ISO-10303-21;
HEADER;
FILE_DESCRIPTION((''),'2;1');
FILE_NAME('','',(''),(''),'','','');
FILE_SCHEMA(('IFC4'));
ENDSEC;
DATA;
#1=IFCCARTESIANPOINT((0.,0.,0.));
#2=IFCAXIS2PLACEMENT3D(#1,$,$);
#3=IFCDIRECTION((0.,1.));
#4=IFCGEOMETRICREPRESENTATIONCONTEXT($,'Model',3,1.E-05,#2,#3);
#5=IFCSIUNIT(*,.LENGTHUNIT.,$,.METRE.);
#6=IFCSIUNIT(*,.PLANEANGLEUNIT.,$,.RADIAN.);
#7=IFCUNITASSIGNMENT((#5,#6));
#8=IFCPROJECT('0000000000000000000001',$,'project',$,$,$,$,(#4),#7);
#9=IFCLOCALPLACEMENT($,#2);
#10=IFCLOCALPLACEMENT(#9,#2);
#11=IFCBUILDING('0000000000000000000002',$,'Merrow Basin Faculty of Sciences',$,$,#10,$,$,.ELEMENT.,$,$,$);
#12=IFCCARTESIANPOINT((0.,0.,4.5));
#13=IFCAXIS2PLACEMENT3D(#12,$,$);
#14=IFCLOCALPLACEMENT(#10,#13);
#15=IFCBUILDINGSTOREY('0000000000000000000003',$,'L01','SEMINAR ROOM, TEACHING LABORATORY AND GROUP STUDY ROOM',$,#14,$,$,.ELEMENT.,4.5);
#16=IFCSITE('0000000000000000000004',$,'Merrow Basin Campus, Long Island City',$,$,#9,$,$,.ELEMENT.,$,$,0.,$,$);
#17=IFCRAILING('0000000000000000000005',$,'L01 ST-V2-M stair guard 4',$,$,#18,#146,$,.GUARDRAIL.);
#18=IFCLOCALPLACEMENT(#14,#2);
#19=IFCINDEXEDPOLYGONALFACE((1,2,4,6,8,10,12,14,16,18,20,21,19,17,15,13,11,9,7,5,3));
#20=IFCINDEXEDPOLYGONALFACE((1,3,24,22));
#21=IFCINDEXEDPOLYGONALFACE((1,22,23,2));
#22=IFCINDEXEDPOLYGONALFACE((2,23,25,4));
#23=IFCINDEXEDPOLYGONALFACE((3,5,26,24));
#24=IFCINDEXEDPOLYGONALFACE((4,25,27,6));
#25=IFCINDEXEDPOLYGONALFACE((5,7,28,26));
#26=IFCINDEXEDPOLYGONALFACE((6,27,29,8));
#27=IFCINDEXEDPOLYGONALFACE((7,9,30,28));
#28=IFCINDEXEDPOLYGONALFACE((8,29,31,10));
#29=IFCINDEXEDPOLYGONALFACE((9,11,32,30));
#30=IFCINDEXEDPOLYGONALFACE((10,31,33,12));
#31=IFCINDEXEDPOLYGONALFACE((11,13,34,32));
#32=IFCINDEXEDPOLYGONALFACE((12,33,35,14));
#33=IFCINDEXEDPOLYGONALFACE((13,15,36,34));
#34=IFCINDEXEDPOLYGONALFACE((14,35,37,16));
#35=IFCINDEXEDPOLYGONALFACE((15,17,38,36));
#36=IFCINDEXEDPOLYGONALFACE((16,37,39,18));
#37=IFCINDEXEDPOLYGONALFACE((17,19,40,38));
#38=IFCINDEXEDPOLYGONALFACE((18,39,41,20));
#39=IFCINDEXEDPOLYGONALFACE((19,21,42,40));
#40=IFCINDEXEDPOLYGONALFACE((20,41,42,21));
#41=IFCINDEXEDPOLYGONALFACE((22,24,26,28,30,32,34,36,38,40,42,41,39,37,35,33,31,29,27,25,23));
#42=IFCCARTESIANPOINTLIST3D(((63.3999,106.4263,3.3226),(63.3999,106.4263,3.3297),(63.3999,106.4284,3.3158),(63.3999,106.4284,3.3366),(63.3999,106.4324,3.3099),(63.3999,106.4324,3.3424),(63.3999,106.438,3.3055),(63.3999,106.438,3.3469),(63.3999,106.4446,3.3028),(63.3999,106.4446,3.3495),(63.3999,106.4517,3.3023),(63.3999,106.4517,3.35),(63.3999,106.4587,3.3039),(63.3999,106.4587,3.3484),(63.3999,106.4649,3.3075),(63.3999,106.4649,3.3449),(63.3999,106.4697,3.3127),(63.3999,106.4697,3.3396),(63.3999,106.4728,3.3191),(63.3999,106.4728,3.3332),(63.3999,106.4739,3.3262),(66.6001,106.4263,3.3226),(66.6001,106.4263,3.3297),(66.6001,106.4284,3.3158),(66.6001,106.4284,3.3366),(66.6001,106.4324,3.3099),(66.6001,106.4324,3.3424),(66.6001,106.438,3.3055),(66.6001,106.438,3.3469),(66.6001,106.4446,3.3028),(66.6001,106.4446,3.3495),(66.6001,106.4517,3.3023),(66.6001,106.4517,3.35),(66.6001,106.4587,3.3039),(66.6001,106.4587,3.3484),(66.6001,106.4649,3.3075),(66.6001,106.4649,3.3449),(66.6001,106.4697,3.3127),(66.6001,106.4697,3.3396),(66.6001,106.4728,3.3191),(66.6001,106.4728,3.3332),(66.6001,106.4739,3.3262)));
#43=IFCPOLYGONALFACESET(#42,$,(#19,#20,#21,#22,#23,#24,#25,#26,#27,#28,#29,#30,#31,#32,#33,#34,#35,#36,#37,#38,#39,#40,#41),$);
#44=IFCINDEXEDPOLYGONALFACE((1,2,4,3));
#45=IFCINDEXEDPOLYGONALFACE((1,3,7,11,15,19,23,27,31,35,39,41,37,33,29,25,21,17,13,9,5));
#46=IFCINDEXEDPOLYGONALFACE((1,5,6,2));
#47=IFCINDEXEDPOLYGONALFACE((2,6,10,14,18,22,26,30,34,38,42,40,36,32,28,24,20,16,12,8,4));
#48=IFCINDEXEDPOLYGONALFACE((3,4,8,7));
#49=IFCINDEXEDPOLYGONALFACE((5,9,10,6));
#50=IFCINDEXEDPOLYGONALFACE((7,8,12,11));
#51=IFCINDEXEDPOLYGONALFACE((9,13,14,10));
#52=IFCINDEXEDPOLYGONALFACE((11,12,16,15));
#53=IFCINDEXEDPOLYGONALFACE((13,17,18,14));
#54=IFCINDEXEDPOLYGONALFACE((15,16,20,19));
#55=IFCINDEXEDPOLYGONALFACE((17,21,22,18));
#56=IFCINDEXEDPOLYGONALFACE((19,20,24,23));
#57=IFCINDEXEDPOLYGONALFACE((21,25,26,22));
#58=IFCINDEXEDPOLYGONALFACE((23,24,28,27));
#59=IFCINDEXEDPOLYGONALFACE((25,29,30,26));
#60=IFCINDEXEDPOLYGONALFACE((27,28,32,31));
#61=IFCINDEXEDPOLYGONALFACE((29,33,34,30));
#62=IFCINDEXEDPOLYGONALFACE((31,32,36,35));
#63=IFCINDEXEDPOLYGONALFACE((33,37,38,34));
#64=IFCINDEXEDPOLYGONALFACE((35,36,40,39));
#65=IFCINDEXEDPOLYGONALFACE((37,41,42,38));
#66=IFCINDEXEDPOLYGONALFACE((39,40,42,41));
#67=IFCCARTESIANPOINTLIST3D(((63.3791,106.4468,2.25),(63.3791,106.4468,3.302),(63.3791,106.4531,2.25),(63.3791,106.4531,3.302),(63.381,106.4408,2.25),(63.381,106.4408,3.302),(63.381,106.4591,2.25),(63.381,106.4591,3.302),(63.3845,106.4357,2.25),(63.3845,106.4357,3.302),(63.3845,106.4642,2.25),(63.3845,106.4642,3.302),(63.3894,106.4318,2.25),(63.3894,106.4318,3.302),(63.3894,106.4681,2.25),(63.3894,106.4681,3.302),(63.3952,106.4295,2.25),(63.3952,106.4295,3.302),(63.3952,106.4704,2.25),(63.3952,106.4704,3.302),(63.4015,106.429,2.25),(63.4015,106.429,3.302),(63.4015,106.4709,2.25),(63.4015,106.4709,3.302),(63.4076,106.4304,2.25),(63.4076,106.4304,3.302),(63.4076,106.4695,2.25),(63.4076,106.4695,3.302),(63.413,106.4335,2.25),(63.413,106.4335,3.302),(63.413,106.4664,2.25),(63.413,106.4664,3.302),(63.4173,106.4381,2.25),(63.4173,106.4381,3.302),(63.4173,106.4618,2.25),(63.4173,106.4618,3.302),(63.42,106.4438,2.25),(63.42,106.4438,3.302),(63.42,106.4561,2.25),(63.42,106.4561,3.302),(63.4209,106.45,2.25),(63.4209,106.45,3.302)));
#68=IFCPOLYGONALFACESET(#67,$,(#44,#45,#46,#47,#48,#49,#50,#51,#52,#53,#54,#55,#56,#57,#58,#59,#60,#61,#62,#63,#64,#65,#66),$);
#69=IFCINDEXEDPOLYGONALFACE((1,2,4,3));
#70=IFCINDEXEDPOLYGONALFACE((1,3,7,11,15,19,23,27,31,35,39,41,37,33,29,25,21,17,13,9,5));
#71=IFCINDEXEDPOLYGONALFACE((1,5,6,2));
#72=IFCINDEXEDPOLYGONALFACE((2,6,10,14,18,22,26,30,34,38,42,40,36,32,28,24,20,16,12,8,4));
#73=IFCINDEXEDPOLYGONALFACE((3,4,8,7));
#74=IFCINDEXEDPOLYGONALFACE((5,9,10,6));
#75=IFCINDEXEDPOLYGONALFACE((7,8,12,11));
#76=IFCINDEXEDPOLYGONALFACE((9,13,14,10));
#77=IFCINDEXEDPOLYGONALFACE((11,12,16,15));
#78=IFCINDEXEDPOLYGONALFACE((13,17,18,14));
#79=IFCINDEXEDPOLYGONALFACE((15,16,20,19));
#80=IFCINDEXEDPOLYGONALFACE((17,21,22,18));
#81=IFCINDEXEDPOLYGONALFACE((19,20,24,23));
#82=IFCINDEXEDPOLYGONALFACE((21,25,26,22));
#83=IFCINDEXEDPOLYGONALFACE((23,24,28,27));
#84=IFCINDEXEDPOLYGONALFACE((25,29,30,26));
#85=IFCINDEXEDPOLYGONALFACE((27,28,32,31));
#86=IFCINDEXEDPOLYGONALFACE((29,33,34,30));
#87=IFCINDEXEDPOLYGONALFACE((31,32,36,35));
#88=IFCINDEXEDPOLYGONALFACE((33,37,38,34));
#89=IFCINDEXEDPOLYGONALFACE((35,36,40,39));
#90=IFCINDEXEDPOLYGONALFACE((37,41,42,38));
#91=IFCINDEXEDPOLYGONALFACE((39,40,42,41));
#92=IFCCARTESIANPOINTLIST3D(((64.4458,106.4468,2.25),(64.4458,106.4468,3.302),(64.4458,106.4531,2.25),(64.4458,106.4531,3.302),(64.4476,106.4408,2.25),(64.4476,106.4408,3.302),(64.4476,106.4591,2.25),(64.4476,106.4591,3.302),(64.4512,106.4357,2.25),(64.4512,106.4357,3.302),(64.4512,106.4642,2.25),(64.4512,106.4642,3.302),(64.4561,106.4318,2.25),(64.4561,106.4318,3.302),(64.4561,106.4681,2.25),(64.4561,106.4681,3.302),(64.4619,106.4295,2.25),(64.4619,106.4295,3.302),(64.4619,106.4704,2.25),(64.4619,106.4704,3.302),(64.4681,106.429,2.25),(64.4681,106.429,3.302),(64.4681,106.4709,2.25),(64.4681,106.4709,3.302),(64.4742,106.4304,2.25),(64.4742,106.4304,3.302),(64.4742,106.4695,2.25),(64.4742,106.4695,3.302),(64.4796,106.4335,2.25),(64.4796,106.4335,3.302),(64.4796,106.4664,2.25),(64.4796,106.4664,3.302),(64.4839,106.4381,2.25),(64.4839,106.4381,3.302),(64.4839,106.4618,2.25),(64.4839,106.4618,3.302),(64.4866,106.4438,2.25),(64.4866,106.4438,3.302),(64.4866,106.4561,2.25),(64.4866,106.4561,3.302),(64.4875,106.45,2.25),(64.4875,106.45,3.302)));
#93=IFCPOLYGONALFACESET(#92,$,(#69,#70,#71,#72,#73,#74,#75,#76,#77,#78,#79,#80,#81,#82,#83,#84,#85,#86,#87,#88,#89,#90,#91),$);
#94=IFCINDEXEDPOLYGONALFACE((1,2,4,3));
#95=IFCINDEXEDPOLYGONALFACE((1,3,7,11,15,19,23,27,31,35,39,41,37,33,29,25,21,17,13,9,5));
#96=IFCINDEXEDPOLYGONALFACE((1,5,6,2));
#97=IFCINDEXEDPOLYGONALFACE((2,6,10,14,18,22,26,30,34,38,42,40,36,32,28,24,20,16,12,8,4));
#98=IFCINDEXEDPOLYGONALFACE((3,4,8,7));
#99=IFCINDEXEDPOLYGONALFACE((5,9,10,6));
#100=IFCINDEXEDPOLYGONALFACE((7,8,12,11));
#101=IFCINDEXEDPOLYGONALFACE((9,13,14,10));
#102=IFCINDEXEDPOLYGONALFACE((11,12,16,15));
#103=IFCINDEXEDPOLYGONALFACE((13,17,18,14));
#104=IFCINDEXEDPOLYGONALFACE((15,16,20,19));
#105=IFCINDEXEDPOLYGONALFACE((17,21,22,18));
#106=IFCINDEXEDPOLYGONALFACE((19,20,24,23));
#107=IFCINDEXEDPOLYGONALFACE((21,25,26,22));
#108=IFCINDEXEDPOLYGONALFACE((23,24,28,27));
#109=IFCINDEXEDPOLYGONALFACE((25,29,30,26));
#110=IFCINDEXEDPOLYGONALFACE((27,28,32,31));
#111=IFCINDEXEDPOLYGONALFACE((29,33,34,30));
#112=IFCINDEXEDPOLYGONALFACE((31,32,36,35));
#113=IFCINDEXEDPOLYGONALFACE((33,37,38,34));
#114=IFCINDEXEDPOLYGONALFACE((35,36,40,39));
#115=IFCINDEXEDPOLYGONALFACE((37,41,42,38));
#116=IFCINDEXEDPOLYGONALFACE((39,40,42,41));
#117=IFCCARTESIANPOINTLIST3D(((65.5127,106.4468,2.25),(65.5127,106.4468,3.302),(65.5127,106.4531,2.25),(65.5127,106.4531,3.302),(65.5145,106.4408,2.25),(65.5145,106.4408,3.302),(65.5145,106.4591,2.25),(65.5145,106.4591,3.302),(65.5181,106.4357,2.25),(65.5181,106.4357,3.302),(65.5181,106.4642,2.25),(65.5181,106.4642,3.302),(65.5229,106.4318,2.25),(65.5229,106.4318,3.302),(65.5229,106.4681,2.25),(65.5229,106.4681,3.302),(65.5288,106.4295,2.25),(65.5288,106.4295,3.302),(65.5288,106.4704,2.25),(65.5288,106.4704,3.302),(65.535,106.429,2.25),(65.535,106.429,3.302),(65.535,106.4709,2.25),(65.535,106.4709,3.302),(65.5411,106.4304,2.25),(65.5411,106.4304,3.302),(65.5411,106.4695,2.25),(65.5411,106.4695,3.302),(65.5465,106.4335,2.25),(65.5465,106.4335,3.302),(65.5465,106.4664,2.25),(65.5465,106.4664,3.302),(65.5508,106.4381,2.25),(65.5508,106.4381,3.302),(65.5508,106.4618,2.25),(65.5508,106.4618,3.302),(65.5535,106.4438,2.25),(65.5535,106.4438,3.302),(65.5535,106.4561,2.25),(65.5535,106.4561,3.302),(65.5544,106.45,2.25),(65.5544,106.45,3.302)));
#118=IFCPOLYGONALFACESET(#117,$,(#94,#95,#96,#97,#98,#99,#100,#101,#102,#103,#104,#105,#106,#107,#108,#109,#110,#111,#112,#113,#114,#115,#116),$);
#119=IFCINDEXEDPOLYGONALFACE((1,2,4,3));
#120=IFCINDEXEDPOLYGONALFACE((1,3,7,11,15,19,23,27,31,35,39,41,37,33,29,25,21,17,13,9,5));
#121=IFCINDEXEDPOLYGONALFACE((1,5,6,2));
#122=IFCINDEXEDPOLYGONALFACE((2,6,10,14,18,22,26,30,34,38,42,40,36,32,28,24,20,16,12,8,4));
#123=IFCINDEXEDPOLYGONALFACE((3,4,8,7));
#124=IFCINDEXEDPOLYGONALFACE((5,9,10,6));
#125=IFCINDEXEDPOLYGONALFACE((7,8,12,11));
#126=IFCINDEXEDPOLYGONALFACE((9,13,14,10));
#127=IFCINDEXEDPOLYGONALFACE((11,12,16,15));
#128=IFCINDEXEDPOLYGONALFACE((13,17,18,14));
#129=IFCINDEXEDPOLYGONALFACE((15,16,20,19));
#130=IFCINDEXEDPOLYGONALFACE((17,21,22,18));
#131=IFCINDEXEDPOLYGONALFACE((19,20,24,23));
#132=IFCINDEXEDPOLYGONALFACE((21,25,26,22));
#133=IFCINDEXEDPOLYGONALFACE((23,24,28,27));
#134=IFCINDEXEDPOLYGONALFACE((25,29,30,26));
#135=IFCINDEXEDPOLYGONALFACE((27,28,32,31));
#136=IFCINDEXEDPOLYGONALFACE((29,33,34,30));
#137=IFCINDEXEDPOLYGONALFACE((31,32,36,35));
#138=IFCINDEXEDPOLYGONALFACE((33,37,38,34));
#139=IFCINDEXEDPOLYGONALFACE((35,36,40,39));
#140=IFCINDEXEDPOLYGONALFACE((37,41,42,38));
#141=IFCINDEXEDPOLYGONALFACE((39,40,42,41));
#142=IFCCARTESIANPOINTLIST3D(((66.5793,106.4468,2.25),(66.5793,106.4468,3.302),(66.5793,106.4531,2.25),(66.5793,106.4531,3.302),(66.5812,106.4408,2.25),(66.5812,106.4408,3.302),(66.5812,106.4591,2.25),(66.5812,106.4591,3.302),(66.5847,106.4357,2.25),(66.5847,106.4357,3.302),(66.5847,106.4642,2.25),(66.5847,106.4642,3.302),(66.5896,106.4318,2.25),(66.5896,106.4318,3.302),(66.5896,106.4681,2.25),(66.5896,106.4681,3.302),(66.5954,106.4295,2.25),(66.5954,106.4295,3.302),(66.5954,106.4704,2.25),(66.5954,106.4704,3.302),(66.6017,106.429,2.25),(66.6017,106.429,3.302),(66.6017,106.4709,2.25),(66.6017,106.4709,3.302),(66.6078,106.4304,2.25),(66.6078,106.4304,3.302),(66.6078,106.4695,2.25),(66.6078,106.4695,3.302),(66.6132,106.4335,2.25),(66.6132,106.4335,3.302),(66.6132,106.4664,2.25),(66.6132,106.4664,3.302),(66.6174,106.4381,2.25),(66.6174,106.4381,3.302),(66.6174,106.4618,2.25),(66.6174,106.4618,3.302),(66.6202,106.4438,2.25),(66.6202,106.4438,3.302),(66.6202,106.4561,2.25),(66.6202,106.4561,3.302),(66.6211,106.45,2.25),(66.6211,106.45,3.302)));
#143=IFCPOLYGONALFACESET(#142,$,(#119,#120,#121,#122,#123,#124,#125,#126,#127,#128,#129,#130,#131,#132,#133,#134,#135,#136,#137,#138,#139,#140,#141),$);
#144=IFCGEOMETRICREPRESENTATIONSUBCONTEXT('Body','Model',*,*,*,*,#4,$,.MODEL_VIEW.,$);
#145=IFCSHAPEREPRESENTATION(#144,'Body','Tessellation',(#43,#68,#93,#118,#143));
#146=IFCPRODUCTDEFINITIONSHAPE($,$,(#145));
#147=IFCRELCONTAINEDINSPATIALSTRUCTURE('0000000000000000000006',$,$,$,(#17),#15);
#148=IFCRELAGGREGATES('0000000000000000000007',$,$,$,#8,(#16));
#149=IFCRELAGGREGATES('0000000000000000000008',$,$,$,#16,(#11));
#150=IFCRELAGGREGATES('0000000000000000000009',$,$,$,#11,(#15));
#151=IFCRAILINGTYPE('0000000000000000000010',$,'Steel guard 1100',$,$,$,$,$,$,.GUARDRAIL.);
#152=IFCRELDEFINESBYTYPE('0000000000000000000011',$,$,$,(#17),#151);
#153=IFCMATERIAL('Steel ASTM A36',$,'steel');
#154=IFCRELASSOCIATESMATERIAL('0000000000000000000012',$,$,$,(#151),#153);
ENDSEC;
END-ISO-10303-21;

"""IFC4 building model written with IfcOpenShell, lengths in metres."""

from ifc_helpers import new_model, si_unit, direction, frame, origin, origin_2d, place, context, subcontext, project, spatial, circle, extrude, material, type_object, element, save


model = new_model("IFC4")

# Units and contexts
model_context = context("Model", 3, precision=1e-05, world=origin(), true_north=direction((0.0, 1.0)))
body_context = subcontext(model_context, "Body", "Model", "MODEL_VIEW")
ifc_project = project(units=[si_unit("LENGTHUNIT", "METRE"), si_unit("PLANEANGLEUNIT", "RADIAN")], contexts=[model_context])

# Site, building, storey
site_placement = place(None, origin())
site = spatial("IfcSite", under=ifc_project, at=site_placement, Name="Merrow Basin Campus, Long Island City", CompositionType="ELEMENT", RefElevation=0.0)
building_placement = place(site_placement, origin())
building = spatial("IfcBuilding", under=site, at=building_placement, Name="Merrow Basin Faculty of Sciences", CompositionType="ELEMENT")
storey_placement = place(building_placement, frame((0.0, 0.0, 4.5)))
storey = spatial("IfcBuildingStorey", under=building, at=storey_placement, Name="L01", Description="SEMINAR ROOM, TEACHING LABORATORY AND GROUP STUDY ROOM", CompositionType="ELEMENT", Elevation=4.5)

# Railing
ifc_material_1 = material(Name="Steel ASTM A36", Category="steel")
railing_type = type_object("IfcRailingType", Name="Steel guard 1100", PredefinedType="GUARDRAIL", material=ifc_material_1)
railing_1_placement = place(storey_placement, frame((63.3999, 106.45, 2.25)))
element("IfcRailing", 1, at=railing_1_placement, inside=storey, type_object=railing_type, Name="L01 ST-V2-M stair guard 4", PredefinedType="GUARDRAIL", context=body_context, shape_type="SweptSolid", body=[
    extrude(circle(Radius=0.0239, at=origin_2d()), frame((0.0, 0.0, 1.0762), z_axis=(1.0, 0.0, 0.0), x_axis=(0.0, 1.0, 0.0)), (0.0, 0.0, 1.0), 3.2002),
    extrude(circle(Radius=0.021, at=origin_2d()), origin(), (0.0, 0.0, 1.0), 1.052),
    extrude(circle(Radius=0.021, at=origin_2d()), frame((1.0667, 0.0, 0.0)), (0.0, 0.0, 1.0), 1.052),
    extrude(circle(Radius=0.021, at=origin_2d()), frame((2.1335, 0.0, 0.0)), (0.0, 0.0, 1.0), 1.052),
    extrude(circle(Radius=0.021, at=origin_2d()), frame((3.2002, 0.0, 0.0)), (0.0, 0.0, 1.0), 1.052),
])

save(model, "model.ifc")
